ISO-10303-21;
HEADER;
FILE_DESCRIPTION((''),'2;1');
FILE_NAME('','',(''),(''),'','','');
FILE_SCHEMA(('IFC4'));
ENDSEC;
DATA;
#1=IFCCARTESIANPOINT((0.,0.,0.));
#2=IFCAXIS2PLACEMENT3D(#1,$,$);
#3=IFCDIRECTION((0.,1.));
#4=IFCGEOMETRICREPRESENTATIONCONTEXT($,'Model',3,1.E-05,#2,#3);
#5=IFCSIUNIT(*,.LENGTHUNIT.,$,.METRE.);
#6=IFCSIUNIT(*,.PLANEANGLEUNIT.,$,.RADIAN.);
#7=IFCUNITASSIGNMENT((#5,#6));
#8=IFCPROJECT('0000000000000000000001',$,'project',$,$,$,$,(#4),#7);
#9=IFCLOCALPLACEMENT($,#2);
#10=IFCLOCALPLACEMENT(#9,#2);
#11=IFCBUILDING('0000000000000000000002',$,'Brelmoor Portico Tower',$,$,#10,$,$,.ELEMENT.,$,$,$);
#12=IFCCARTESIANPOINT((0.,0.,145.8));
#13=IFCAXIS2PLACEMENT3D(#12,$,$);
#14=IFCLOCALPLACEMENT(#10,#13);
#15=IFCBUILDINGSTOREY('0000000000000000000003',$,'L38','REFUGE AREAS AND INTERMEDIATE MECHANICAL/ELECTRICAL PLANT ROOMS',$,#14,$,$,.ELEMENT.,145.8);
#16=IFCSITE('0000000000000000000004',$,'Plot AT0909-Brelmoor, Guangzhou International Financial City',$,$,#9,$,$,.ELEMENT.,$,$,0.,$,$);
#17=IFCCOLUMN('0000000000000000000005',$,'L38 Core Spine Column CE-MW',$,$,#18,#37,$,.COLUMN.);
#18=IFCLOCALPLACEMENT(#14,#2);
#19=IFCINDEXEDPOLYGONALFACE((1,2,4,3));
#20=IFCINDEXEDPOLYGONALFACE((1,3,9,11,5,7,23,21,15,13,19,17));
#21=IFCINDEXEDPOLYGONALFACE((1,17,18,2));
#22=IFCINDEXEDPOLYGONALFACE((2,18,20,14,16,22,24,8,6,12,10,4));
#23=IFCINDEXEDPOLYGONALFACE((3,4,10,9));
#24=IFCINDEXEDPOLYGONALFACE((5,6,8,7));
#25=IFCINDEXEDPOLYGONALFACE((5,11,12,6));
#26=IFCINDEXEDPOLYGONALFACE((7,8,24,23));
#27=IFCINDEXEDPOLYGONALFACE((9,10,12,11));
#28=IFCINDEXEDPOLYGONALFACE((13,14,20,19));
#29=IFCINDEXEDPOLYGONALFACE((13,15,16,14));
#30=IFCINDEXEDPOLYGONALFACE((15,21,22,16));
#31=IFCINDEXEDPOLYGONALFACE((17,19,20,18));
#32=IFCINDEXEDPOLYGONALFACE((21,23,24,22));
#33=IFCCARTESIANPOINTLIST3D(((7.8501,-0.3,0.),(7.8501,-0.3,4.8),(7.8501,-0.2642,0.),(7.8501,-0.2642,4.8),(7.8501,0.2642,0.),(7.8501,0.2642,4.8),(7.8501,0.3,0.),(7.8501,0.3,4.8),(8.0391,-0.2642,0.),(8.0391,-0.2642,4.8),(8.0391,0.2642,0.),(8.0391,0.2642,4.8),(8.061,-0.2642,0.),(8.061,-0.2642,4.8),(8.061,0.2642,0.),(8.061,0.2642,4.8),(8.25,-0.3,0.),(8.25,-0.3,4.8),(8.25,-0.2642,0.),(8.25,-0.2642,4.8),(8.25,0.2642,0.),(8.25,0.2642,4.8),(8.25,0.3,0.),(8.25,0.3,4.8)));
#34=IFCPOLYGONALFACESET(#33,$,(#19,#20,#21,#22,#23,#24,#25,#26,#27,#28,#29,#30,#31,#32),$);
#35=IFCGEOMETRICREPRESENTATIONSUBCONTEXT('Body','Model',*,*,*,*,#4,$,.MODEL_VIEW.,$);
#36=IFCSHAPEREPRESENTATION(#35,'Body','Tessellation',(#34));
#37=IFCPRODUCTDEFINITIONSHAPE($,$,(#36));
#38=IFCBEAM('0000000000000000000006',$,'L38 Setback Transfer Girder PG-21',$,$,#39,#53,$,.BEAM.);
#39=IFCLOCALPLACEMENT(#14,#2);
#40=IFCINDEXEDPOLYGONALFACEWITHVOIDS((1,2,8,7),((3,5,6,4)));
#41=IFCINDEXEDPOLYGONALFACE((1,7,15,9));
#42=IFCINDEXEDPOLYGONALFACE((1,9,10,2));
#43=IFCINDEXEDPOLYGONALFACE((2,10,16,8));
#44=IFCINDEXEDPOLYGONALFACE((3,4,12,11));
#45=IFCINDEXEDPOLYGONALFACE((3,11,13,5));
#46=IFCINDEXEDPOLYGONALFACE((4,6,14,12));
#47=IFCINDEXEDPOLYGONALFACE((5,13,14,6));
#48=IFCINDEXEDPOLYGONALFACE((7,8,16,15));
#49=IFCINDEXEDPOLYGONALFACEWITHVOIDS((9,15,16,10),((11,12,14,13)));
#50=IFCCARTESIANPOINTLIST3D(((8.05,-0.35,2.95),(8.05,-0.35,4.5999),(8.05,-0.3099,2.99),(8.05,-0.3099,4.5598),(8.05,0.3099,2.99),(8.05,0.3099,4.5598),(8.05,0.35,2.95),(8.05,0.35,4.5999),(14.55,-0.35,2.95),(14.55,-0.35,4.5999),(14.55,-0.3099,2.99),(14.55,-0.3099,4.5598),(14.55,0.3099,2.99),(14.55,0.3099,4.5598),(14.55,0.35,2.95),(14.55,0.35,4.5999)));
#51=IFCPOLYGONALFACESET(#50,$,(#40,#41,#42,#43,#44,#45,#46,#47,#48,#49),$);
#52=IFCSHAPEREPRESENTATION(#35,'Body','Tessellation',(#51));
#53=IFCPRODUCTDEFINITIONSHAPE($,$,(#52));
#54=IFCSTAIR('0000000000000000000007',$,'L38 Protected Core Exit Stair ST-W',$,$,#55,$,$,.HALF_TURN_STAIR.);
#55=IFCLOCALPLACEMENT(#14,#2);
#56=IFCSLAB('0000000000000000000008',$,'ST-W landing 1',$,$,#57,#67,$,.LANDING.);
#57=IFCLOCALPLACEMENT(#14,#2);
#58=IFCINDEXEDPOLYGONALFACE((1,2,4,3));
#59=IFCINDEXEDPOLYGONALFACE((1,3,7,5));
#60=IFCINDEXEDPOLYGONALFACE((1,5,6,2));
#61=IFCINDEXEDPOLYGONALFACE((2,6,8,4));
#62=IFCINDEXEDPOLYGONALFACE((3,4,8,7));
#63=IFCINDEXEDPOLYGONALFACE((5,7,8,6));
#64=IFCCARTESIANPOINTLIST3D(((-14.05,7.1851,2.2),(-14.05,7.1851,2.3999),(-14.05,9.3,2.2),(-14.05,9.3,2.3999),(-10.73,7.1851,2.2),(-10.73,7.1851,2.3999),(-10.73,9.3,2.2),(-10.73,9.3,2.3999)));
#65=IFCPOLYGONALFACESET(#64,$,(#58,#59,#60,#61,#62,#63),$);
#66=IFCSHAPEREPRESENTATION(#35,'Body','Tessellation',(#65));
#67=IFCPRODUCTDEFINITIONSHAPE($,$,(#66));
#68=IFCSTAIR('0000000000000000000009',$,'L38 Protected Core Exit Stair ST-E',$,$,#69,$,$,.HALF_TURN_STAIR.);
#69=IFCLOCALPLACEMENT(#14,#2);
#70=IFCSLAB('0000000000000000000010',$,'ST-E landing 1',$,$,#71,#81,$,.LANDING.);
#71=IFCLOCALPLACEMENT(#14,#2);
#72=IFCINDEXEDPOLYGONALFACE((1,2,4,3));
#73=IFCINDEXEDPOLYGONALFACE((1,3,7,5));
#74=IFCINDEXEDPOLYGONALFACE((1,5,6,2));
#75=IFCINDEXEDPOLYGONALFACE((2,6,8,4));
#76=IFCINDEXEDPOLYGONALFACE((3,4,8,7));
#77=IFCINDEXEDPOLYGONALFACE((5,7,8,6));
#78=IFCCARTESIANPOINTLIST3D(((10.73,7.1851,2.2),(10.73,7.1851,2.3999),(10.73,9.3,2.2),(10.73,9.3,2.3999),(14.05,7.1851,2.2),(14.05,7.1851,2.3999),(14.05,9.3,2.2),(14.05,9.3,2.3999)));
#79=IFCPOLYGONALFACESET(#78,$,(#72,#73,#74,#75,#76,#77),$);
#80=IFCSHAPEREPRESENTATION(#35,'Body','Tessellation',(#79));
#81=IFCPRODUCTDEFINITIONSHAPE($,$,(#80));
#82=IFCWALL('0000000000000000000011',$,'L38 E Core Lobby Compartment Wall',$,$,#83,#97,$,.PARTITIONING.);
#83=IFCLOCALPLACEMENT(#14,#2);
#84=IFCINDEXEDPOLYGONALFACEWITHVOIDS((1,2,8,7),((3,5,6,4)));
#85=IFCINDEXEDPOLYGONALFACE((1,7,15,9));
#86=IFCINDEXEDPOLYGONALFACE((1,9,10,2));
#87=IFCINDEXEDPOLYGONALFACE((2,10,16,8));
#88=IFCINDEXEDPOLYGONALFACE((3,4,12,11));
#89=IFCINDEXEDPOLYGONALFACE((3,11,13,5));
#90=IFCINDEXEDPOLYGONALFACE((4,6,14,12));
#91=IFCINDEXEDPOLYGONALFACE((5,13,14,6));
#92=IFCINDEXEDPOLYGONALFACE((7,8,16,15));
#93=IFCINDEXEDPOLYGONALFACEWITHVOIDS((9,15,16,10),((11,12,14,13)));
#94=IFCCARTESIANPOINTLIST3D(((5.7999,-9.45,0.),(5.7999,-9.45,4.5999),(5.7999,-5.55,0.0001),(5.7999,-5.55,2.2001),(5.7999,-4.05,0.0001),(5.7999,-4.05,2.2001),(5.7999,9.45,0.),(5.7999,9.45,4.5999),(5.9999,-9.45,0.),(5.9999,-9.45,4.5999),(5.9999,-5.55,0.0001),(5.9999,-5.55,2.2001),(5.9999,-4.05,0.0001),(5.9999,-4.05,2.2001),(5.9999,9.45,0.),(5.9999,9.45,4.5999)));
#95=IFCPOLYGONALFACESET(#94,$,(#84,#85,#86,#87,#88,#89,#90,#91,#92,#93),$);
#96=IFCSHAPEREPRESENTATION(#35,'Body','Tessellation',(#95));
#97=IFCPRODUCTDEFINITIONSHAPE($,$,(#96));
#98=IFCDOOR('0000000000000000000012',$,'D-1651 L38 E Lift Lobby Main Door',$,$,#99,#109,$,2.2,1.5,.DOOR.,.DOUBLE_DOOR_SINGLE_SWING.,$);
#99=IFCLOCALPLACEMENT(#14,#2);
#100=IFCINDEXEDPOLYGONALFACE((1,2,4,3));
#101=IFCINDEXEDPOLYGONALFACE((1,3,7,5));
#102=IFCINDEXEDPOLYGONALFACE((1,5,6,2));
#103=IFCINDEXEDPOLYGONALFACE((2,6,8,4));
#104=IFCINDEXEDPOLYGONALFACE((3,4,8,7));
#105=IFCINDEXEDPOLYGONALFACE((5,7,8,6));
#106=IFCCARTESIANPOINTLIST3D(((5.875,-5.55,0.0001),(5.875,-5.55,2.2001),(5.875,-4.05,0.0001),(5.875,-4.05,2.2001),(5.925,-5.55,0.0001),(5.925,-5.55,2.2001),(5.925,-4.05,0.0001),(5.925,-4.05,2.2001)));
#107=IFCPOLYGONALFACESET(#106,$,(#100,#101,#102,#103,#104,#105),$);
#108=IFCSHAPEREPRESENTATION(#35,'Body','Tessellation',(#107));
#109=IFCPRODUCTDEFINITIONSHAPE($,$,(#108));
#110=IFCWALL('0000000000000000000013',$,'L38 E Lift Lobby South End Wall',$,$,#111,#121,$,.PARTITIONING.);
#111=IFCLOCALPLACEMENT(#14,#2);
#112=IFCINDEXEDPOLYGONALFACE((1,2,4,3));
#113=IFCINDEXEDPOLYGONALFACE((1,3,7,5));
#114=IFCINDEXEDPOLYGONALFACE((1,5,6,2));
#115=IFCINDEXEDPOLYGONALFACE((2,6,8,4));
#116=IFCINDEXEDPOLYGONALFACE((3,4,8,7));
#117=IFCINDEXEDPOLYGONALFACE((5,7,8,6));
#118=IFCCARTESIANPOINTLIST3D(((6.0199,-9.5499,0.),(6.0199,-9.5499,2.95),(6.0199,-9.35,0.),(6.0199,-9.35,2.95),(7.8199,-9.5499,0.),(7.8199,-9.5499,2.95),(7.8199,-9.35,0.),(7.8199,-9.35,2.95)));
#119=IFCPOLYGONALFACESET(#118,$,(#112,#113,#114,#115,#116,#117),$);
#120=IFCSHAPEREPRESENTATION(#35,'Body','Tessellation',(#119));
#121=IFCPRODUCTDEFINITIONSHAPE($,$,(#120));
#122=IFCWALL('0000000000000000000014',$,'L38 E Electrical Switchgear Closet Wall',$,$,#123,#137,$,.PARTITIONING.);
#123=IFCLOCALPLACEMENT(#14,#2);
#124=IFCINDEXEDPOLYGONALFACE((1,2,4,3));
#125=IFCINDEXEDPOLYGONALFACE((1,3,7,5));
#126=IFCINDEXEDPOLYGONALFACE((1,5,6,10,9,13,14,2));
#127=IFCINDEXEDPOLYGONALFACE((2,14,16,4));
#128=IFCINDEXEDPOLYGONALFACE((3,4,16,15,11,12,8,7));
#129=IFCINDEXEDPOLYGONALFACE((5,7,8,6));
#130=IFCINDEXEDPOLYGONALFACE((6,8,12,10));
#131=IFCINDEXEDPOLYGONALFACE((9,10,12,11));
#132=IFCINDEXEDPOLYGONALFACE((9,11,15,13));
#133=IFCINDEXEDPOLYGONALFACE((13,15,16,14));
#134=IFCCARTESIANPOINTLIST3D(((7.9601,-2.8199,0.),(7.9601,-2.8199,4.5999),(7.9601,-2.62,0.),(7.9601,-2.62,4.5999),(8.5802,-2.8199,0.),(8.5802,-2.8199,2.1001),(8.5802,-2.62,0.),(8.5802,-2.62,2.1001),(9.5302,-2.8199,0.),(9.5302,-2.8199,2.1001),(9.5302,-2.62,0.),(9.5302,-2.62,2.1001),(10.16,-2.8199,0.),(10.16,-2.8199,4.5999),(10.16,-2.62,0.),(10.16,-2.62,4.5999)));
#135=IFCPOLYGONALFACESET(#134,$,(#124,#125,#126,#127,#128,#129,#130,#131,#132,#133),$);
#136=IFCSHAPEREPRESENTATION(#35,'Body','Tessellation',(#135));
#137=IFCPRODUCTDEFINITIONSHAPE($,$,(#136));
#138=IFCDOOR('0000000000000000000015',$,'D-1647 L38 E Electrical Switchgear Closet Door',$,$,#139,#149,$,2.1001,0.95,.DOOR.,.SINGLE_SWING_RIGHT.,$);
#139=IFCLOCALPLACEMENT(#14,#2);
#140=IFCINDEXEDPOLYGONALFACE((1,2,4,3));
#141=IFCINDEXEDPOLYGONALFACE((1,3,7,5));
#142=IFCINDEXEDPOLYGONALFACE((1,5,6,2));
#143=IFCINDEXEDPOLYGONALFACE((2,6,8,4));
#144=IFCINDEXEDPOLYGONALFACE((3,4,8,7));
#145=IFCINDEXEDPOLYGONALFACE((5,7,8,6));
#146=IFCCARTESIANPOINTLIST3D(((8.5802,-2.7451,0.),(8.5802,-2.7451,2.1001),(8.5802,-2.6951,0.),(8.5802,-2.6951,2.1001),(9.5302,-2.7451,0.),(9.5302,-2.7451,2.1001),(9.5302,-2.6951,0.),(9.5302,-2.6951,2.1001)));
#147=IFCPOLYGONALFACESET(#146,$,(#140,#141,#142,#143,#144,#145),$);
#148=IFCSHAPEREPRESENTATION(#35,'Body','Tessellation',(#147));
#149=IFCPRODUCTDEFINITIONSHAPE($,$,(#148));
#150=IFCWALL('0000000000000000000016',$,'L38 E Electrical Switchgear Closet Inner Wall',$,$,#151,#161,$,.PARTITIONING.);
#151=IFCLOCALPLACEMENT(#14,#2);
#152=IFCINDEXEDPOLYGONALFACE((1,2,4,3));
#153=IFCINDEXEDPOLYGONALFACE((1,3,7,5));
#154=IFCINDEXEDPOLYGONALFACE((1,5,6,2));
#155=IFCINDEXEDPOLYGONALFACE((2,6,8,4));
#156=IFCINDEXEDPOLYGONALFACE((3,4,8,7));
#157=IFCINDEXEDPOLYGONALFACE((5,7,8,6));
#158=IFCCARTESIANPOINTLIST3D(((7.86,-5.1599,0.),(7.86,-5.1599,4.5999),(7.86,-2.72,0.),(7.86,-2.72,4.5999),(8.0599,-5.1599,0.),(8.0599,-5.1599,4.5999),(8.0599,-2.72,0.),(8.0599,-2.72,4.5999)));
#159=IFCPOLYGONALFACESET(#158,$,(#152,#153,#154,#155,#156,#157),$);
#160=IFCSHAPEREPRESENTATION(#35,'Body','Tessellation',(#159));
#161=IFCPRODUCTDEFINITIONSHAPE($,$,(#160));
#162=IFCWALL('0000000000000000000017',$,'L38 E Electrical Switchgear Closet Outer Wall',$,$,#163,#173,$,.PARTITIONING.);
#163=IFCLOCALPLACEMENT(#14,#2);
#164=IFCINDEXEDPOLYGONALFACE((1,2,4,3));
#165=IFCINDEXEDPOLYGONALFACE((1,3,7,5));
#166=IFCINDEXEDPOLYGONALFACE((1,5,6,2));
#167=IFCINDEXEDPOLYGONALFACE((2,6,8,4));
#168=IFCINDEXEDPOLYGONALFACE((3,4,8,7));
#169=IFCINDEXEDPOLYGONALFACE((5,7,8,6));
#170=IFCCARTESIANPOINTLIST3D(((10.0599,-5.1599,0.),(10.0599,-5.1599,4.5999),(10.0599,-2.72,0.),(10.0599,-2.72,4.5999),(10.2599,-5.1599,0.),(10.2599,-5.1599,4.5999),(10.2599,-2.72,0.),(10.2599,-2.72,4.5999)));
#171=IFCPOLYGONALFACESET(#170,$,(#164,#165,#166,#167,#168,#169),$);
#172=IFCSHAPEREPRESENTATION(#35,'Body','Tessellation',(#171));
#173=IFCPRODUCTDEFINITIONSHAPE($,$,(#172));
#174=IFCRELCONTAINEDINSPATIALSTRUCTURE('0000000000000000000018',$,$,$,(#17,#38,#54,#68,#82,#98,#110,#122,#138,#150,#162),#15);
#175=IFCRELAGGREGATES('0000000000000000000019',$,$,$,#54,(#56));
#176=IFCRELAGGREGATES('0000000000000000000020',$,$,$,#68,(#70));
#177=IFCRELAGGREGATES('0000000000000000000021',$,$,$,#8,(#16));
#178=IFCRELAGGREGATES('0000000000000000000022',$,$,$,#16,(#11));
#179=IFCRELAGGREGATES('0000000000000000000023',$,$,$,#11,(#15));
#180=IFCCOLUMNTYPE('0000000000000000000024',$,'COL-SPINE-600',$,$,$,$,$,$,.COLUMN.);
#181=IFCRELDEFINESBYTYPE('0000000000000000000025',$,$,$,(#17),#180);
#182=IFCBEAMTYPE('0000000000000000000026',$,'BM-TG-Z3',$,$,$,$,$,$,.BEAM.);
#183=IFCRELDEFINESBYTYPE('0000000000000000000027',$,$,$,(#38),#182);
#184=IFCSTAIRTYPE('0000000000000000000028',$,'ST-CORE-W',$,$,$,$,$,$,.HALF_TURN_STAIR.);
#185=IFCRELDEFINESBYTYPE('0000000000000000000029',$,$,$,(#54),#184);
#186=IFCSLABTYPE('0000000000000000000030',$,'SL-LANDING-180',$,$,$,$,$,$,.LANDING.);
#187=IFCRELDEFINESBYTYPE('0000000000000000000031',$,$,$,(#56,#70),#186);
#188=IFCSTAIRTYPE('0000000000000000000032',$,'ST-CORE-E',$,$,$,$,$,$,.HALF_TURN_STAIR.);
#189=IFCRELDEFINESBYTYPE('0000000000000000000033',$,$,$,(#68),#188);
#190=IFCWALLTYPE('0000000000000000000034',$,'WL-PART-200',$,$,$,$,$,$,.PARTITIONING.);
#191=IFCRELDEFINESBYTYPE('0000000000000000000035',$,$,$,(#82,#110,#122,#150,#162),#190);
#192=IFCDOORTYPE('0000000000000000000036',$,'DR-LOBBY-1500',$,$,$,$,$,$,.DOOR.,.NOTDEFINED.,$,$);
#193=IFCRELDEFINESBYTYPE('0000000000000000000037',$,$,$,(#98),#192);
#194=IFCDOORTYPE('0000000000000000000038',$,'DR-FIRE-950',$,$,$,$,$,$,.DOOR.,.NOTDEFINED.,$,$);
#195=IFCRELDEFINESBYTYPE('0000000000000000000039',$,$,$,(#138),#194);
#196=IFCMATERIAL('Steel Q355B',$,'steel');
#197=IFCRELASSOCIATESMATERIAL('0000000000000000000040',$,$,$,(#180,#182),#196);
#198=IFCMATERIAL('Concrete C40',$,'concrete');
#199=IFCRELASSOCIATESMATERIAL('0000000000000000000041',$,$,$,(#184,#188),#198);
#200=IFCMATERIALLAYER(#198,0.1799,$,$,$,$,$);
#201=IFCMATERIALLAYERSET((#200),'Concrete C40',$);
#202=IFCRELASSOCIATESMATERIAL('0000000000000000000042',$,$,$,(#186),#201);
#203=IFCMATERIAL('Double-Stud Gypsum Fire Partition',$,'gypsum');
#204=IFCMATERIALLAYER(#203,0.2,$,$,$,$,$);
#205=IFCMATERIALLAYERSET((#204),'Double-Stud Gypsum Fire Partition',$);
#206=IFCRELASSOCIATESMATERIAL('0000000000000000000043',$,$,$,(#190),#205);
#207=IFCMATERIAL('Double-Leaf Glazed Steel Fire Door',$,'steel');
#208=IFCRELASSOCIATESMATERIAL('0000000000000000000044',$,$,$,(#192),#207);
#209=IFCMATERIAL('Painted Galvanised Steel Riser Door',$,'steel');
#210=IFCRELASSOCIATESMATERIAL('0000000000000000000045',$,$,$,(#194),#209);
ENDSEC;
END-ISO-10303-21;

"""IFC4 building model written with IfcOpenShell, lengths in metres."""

from ifc_helpers import new_model, si_unit, direction, frame, frame_2d, origin, origin_2d, place, context, subcontext, project, spatial, polyline, rectangle, hollow_rectangle, i_section, outline, extrude, material, layer, layer_set, material_profile, profile_set, type_object, element, fill, aggregate, save


model = new_model("IFC4")

# Units and contexts
model_context = context("Model", 3, precision=1e-05, world=origin(), true_north=direction((0.0, 1.0)))
body_context = subcontext(model_context, "Body", "Model", "MODEL_VIEW")
ifc_project = project(units=[si_unit("LENGTHUNIT", "METRE"), si_unit("PLANEANGLEUNIT", "RADIAN")], contexts=[model_context])

# Site, building, storey
site_placement = place(None, origin())
site = spatial("IfcSite", under=ifc_project, at=site_placement, Name="Plot AT0909-Brelmoor, Guangzhou International Financial City", CompositionType="ELEMENT", RefElevation=0.0)
building_placement = place(site_placement, origin())
building = spatial("IfcBuilding", under=site, at=building_placement, Name="Brelmoor Portico Tower", CompositionType="ELEMENT")
storey_placement = place(building_placement, frame((0.0, 0.0, 145.8)))
storey = spatial("IfcBuildingStorey", under=building, at=storey_placement, Name="L38", Description="REFUGE AREAS AND INTERMEDIATE MECHANICAL/ELECTRICAL PLANT ROOMS", CompositionType="ELEMENT", Elevation=145.8)

# Column
ifc_material_1 = material(Name="Steel Q355B", Category="steel")
ifc_material_profile_1 = material_profile(ifc_material_1, i_section(OverallWidth=0.3999, OverallDepth=0.6001, WebThickness=0.022, FlangeThickness=0.0359, at=origin_2d()), Name="HW 600x400x22x36")
ifc_profile_set_1 = profile_set([ifc_material_profile_1], Name="Steel Q355B")
column_type = type_object("IfcColumnType", Name="COL-SPINE-600", PredefinedType="COLUMN", material=ifc_profile_set_1)
column_placement = place(storey_placement, frame((8.05, 0.0, 0.0), z_axis=(0.0, 0.0, 1.0), x_axis=(1.0, 0.0, 0.0)))
element("IfcColumn", 1, at=column_placement, inside=storey, type_object=column_type, Name="L38 Core Spine Column CE-MW", PredefinedType="COLUMN", context=body_context, shape_type="SweptSolid", body=[
    extrude(i_section(OverallWidth=0.3999, OverallDepth=0.6001, WebThickness=0.022, FlangeThickness=0.0359, at=origin_2d()), origin(), (0.0, 0.0, 1.0), 4.8),
])

# Beam
ifc_material_profile_2 = material_profile(ifc_material_1, hollow_rectangle(XDim=0.7, YDim=1.6499, WallThickness=0.04, at=origin_2d()), Name="BOX 700x1650x40")
ifc_profile_set_2 = profile_set([ifc_material_profile_2], Name="Steel Q355B")
beam_type = type_object("IfcBeamType", Name="BM-TG-Z3", PredefinedType="BEAM", material=ifc_profile_set_2)
beam_placement = place(storey_placement, frame((8.05, 0.0, 3.7749), z_axis=(1.0, 0.0, 0.0), x_axis=(0.0, 1.0, 0.0)))
element("IfcBeam", 2, at=beam_placement, inside=storey, type_object=beam_type, Name="L38 Setback Transfer Girder PG-21", PredefinedType="BEAM", context=body_context, shape_type="SweptSolid", body=[
    extrude(hollow_rectangle(XDim=0.7, YDim=1.6499, WallThickness=0.04, at=origin_2d()), origin(), (0.0, 0.0, 1.0), 6.5),
])

# Stairs, slabs
ifc_material_2 = material(Name="Concrete C40", Category="concrete")
stair_type_1 = type_object("IfcStairType", Name="ST-CORE-W", PredefinedType="HALF_TURN_STAIR", material=ifc_material_2)
stair_1_placement = place(storey_placement, origin())
stair_1 = element("IfcStair", 3, at=stair_1_placement, inside=storey, type_object=stair_type_1, Name="L38 Protected Core Exit Stair ST-W", PredefinedType="HALF_TURN_STAIR")
ifc_layer_1 = layer(ifc_material_2, 0.1799)
ifc_layer_set_1 = layer_set([ifc_layer_1], Name="Concrete C40")
slab_type = type_object("IfcSlabType", Name="SL-LANDING-180", PredefinedType="LANDING", material=ifc_layer_set_1)
slab_1_placement = place(storey_placement, frame((0.0, 0.0, 2.2)))
slab_1 = element("IfcSlab", 4, at=slab_1_placement, type_object=slab_type, Name="ST-W landing 1", PredefinedType="LANDING", context=body_context, shape_type="SweptSolid", body=[
    extrude(outline(polyline([(-10.73, 7.1851), (-10.73, 9.3), (-14.05, 9.3), (-14.05, 7.1851), (-10.73, 7.1851)])), origin(), (0.0, 0.0, 1.0), 0.2),
])
aggregate(stair_1, [slab_1])
stair_type_2 = type_object("IfcStairType", Name="ST-CORE-E", PredefinedType="HALF_TURN_STAIR", material=ifc_material_2)
stair_2_placement = place(storey_placement, origin())
stair_2 = element("IfcStair", 5, at=stair_2_placement, inside=storey, type_object=stair_type_2, Name="L38 Protected Core Exit Stair ST-E", PredefinedType="HALF_TURN_STAIR")
slab_2_placement = place(storey_placement, frame((0.0, 0.0, 2.2)))
slab_2 = element("IfcSlab", 6, at=slab_2_placement, type_object=slab_type, Name="ST-E landing 1", PredefinedType="LANDING", context=body_context, shape_type="SweptSolid", body=[
    extrude(outline(polyline([(14.05, 7.1851), (14.05, 9.3), (10.73, 9.3), (10.73, 7.1851), (14.05, 7.1851)])), origin(), (0.0, 0.0, 1.0), 0.2),
])
aggregate(stair_2, [slab_2])

# Wall, opening, door
ifc_material_3 = material(Name="Double-Stud Gypsum Fire Partition", Category="gypsum")
ifc_layer_2 = layer(ifc_material_3, 0.2)
ifc_layer_set_2 = layer_set([ifc_layer_2], Name="Double-Stud Gypsum Fire Partition")
wall_type_1 = type_object("IfcWallType", Name="WL-PART-200", PredefinedType="PARTITIONING", material=ifc_layer_set_2)
wall_1_placement = place(storey_placement, frame((5.8999, -9.45, 0.0), z_axis=(0.0, 0.0, 1.0), x_axis=(0.0, 1.0, 0.0)))
wall_1 = element("IfcWall", 7, at=wall_1_placement, inside=storey, type_object=wall_type_1, Name="L38 E Core Lobby Compartment Wall", PredefinedType="PARTITIONING", context=body_context, shape_type="SweptSolid", body=[
    extrude(rectangle(XDim=18.8999, YDim=0.2, at=frame_2d((9.45, 0.0))), origin(), (0.0, 0.0, 1.0), 4.5999),
])
opening_1_placement = place(wall_1_placement, frame((3.8999, 0.0, 0.0)))
opening_1 = element("IfcOpeningElement", 8, at=opening_1_placement, cuts=wall_1, PredefinedType="OPENING", context=body_context, shape_type="SweptSolid", body=[
    extrude(rectangle(XDim=1.5, YDim=2.2, at=frame_2d((0.75, 1.1001))), frame((0.0, 0.1099, 0.0), z_axis=(0.0, -1.0, 0.0), x_axis=(1.0, 0.0, 0.0)), (0.0, 0.0, 1.0), 0.22),
])
ifc_material_4 = material(Name="Double-Leaf Glazed Steel Fire Door", Category="steel")
door_type_1 = type_object("IfcDoorType", Name="DR-LOBBY-1500", OperationType="NOTDEFINED", PredefinedType="DOOR", material=ifc_material_4)
door_1_placement = place(opening_1_placement, origin())
door_1 = element("IfcDoor", 9, at=door_1_placement, inside=storey, type_object=door_type_1, Name="D-1651 L38 E Lift Lobby Main Door", OperationType="DOUBLE_DOOR_SINGLE_SWING", OverallHeight=2.2, OverallWidth=1.5, PredefinedType="DOOR", context=body_context, shape_type="SweptSolid", body=[
    extrude(rectangle(XDim=1.5, YDim=2.2, at=frame_2d((0.75, 1.1001))), frame((0.0, 0.0249, 0.0), z_axis=(0.0, -1.0, 0.0), x_axis=(1.0, 0.0, 0.0)), (0.0, 0.0, 1.0), 0.05),
])
fill(opening_1, door_1)

# Wall
wall_2_placement = place(storey_placement, frame((6.02, -9.45, 0.0), z_axis=(0.0, 0.0, 1.0), x_axis=(1.0, 0.0, 0.0)))
element("IfcWall", 10, at=wall_2_placement, inside=storey, type_object=wall_type_1, Name="L38 E Lift Lobby South End Wall", PredefinedType="PARTITIONING", context=body_context, shape_type="SweptSolid", body=[
    extrude(rectangle(XDim=1.8, YDim=0.2, at=frame_2d((0.8999, 0.0))), origin(), (0.0, 0.0, 1.0), 2.95),
])

# Wall, opening, door
wall_3_placement = place(storey_placement, frame((7.96, -2.72, 0.0), z_axis=(0.0, 0.0, 1.0), x_axis=(1.0, 0.0, 0.0)))
wall_3 = element("IfcWall", 11, at=wall_3_placement, inside=storey, type_object=wall_type_1, Name="L38 E Electrical Switchgear Closet Wall", PredefinedType="PARTITIONING", context=body_context, shape_type="SweptSolid", body=[
    extrude(rectangle(XDim=2.2, YDim=0.2, at=frame_2d((1.1001, 0.0))), origin(), (0.0, 0.0, 1.0), 4.5999),
])
opening_2_placement = place(wall_3_placement, frame((0.6201, 0.0, 0.0)))
opening_2 = element("IfcOpeningElement", 12, at=opening_2_placement, cuts=wall_3, PredefinedType="OPENING", context=body_context, shape_type="SweptSolid", body=[
    extrude(rectangle(XDim=0.95, YDim=2.1001, at=frame_2d((0.4751, 1.05))), frame((0.0, 0.1099, 0.0), z_axis=(0.0, -1.0, 0.0), x_axis=(1.0, 0.0, 0.0)), (0.0, 0.0, 1.0), 0.22),
])
ifc_material_5 = material(Name="Painted Galvanised Steel Riser Door", Category="steel")
door_type_2 = type_object("IfcDoorType", Name="DR-FIRE-950", OperationType="NOTDEFINED", PredefinedType="DOOR", material=ifc_material_5)
door_2_placement = place(opening_2_placement, origin())
door_2 = element("IfcDoor", 13, at=door_2_placement, inside=storey, type_object=door_type_2, Name="D-1647 L38 E Electrical Switchgear Closet Door", OperationType="SINGLE_SWING_RIGHT", OverallHeight=2.1001, OverallWidth=0.95, PredefinedType="DOOR", context=body_context, shape_type="SweptSolid", body=[
    extrude(rectangle(XDim=0.95, YDim=2.1001, at=frame_2d((0.4751, 1.05))), frame((0.0, 0.0249, 0.0), z_axis=(0.0, -1.0, 0.0), x_axis=(1.0, 0.0, 0.0)), (0.0, 0.0, 1.0), 0.05),
])
fill(opening_2, door_2)

# Walls
for number, where, z_axis, x_axis, name in (
    (14, (7.96, -5.1599, 0.0), (0.0, 0.0, 1.0), (0.0, 1.0, 0.0), "L38 E Electrical Switchgear Closet Inner Wall"),
    (15, (10.1599, -5.1599, 0.0), (0.0, 0.0, 1.0), (0.0, 1.0, 0.0), "L38 E Electrical Switchgear Closet Outer Wall"),
):
    element("IfcWall", number, at=place(storey_placement, frame(where, z_axis=z_axis, x_axis=x_axis)), inside=storey, type_object=wall_type_1, Name=name, PredefinedType="PARTITIONING", context=body_context, shape_type="SweptSolid", body=[
        extrude(rectangle(XDim=2.4399, YDim=0.2, at=frame_2d((1.22, 0.0))), origin(), (0.0, 0.0, 1.0), 4.5999),
    ])

save(model, "model.ifc")
